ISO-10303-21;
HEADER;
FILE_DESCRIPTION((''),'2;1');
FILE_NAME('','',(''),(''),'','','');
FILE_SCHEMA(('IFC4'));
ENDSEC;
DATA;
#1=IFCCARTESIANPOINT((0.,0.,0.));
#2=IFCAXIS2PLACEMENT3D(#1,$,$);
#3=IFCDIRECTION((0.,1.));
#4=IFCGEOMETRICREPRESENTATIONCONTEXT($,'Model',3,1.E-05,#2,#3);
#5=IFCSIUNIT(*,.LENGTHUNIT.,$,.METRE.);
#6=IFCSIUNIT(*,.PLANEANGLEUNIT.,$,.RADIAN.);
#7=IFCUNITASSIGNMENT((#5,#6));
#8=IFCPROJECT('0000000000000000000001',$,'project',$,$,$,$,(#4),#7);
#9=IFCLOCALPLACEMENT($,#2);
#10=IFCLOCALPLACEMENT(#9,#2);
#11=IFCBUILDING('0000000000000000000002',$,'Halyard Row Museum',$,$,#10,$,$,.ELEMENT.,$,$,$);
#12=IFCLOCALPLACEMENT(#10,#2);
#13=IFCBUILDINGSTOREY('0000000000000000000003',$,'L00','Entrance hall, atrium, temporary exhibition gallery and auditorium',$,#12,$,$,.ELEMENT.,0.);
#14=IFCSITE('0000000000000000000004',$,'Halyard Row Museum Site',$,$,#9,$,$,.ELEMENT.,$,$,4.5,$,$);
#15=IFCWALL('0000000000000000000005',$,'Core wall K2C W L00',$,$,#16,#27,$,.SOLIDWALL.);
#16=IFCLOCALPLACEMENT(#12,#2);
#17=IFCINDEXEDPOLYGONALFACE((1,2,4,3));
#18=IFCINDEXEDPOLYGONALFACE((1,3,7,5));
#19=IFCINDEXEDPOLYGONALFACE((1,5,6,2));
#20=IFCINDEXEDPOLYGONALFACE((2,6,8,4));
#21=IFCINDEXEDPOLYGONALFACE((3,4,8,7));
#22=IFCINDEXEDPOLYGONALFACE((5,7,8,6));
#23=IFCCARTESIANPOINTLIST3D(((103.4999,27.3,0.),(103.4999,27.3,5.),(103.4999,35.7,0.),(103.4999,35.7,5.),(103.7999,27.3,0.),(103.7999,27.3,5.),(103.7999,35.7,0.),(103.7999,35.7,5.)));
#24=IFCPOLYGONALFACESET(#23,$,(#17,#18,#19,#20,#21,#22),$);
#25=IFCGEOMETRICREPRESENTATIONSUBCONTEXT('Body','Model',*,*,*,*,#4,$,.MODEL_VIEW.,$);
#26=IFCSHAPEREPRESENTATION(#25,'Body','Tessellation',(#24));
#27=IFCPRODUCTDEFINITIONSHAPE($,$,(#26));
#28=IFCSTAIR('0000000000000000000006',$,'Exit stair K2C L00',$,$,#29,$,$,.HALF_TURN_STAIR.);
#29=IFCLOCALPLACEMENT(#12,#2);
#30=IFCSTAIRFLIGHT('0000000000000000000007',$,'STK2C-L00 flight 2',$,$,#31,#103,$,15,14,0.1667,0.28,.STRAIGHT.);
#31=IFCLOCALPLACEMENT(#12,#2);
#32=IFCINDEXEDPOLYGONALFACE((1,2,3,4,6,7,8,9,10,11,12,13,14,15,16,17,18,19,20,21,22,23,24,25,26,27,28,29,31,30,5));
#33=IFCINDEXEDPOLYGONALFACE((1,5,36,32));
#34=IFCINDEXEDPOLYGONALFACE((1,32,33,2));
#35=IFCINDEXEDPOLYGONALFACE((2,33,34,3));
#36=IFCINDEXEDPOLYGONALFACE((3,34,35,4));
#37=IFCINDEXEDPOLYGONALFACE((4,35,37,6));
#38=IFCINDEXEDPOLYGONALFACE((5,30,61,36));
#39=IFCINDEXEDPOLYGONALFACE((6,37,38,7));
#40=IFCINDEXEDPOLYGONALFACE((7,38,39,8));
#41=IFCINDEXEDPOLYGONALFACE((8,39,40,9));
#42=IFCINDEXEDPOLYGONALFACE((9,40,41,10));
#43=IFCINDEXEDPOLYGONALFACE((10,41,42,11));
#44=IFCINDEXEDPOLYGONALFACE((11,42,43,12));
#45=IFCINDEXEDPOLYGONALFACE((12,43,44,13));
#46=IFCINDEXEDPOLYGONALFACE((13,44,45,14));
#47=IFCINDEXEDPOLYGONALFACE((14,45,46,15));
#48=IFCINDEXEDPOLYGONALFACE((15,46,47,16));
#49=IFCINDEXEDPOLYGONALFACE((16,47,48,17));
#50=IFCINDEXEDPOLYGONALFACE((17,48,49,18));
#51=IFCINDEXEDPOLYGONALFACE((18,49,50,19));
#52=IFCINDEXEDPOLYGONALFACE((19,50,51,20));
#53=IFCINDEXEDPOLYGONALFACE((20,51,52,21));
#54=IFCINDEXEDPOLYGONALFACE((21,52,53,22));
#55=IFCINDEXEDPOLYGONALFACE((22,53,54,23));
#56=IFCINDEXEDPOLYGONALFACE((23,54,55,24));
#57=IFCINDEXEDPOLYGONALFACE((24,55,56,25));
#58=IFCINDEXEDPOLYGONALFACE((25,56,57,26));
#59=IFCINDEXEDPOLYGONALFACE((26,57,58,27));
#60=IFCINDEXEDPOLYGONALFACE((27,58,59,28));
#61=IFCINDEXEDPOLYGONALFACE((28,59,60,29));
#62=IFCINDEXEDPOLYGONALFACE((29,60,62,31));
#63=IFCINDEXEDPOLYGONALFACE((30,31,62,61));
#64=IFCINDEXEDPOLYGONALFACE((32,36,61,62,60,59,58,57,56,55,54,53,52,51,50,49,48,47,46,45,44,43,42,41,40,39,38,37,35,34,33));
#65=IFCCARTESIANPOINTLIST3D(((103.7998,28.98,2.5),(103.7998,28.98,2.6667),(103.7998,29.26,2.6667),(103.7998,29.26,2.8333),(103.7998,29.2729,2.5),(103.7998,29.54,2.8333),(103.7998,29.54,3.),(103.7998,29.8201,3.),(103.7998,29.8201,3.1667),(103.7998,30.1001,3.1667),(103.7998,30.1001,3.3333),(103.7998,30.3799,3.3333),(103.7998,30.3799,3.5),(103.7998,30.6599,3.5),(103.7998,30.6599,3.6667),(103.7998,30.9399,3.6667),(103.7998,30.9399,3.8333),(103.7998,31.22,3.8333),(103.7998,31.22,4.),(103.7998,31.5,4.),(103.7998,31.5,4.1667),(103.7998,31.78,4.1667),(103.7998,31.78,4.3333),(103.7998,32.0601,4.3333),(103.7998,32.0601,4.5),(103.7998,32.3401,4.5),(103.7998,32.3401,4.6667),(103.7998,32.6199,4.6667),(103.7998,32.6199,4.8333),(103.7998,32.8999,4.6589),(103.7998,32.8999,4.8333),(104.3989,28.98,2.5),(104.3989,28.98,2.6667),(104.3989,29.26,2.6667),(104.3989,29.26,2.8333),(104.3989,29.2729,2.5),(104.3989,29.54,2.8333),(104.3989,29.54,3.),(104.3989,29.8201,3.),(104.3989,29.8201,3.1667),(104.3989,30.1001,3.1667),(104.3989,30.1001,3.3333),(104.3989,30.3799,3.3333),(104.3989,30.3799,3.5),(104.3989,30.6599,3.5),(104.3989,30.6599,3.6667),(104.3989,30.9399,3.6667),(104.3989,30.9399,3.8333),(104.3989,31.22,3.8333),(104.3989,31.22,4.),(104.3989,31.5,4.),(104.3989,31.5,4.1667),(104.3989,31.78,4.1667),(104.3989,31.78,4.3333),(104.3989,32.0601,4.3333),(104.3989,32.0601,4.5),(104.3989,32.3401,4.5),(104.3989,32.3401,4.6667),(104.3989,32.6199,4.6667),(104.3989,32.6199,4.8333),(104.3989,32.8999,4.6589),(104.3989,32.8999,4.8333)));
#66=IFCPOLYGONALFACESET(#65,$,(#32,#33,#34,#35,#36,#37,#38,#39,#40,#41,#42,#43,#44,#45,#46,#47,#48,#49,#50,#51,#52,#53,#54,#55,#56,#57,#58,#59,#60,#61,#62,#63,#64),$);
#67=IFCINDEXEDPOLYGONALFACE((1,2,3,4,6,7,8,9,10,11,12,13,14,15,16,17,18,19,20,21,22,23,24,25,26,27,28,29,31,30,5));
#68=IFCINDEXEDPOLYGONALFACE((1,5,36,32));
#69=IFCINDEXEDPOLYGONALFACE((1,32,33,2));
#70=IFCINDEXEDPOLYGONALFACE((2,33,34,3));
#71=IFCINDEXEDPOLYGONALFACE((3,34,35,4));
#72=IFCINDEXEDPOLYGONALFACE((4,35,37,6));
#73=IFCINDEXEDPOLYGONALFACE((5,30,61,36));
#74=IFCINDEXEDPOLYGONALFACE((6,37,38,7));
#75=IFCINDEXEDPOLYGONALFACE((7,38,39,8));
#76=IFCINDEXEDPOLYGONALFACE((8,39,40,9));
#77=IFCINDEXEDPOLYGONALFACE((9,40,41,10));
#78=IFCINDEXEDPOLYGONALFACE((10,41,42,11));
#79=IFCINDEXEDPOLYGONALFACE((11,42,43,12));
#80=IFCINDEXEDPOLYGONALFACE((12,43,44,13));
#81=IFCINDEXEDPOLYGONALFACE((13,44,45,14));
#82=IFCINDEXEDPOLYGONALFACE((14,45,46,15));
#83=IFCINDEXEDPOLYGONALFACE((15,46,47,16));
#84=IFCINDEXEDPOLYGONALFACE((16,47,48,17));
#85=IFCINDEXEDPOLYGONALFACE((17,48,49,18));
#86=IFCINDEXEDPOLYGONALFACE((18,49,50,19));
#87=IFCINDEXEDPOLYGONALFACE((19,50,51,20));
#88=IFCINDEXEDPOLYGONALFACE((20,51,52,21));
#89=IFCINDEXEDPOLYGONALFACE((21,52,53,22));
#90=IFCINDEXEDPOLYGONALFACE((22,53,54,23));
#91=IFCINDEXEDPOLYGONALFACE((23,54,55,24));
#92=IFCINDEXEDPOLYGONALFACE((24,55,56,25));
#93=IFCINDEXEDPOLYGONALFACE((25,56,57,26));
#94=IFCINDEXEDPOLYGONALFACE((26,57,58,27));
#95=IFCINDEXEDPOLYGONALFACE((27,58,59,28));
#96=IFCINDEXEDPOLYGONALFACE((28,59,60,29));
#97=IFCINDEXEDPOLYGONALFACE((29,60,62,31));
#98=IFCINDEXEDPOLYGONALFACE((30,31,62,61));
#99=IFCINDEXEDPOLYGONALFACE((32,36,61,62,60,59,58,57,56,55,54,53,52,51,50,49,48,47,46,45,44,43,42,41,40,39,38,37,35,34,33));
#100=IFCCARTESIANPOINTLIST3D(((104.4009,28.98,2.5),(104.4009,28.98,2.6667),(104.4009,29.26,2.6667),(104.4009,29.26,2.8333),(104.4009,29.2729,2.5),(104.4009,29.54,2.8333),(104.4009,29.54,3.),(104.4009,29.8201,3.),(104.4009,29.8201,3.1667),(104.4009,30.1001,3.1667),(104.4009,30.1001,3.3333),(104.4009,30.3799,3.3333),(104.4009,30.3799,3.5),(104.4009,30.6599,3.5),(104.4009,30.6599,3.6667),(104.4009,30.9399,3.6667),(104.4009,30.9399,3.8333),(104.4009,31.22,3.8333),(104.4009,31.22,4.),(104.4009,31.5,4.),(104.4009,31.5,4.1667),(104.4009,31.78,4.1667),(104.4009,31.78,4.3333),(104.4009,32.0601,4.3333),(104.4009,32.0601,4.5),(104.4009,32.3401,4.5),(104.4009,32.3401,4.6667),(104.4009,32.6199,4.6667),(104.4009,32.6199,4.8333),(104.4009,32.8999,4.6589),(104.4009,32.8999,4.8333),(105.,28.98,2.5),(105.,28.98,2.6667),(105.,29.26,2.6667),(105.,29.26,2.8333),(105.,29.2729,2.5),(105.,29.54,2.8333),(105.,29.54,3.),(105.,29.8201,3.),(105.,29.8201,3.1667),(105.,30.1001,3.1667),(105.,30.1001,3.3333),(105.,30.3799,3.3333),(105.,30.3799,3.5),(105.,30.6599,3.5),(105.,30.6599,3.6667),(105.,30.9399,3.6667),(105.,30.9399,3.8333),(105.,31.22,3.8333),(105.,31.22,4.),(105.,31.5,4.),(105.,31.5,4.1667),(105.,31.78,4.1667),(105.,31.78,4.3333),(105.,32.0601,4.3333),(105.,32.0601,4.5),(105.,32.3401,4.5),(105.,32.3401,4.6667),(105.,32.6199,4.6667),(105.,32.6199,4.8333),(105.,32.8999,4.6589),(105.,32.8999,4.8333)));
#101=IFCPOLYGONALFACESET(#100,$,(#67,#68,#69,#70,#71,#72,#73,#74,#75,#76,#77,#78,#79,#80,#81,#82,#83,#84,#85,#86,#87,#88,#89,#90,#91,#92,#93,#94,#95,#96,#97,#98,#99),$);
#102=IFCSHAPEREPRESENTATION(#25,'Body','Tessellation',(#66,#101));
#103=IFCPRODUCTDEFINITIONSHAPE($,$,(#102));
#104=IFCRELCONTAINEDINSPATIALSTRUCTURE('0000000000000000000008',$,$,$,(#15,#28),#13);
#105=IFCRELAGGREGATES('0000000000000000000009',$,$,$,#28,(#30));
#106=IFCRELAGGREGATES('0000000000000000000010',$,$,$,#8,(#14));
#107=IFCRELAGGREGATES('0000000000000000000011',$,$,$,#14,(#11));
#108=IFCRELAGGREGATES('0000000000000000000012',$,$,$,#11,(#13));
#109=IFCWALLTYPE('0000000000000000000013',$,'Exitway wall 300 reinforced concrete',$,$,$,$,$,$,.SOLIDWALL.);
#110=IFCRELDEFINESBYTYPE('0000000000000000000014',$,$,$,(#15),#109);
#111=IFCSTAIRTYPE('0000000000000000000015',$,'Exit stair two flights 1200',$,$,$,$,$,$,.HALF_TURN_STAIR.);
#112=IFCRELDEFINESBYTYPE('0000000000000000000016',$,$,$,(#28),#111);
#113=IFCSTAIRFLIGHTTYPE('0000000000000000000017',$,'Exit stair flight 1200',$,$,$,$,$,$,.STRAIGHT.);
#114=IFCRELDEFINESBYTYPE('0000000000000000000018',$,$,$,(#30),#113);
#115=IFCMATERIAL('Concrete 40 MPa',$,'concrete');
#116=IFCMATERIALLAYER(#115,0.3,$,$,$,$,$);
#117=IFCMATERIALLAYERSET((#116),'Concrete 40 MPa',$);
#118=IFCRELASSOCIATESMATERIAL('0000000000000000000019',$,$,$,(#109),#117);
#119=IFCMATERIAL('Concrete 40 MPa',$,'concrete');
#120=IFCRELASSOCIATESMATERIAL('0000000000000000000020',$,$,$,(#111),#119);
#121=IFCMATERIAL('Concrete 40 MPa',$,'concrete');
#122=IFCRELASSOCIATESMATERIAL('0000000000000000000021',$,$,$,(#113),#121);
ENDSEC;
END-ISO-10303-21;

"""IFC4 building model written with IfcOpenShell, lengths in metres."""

from ifc_helpers import new_model, si_unit, direction, frame, frame_2d, origin, place, context, subcontext, project, spatial, polyline, rectangle, outline, extrude, material, layer, layer_set, type_object, element, aggregate, save


model = new_model("IFC4")

# Units and contexts
model_context = context("Model", 3, precision=1e-05, world=origin(), true_north=direction((0.0, 1.0)))
body_context = subcontext(model_context, "Body", "Model", "MODEL_VIEW")
ifc_project = project(units=[si_unit("LENGTHUNIT", "METRE"), si_unit("PLANEANGLEUNIT", "RADIAN")], contexts=[model_context])

# Site, building, storey
site_placement = place(None, origin())
site = spatial("IfcSite", under=ifc_project, at=site_placement, Name="Halyard Row Museum Site", CompositionType="ELEMENT", RefElevation=4.5)
building_placement = place(site_placement, origin())
building = spatial("IfcBuilding", under=site, at=building_placement, Name="Halyard Row Museum", CompositionType="ELEMENT")
storey_placement = place(building_placement, origin())
storey = spatial("IfcBuildingStorey", under=building, at=storey_placement, Name="L00", Description="Entrance hall, atrium, temporary exhibition gallery and auditorium", CompositionType="ELEMENT", Elevation=0.0)

# Wall
ifc_material_1 = material(Name="Concrete 40 MPa", Category="concrete")
ifc_layer_1 = layer(ifc_material_1, 0.3)
ifc_layer_set_1 = layer_set([ifc_layer_1], Name="Concrete 40 MPa")
wall_type = type_object("IfcWallType", Name="Exitway wall 300 reinforced concrete", PredefinedType="SOLIDWALL", material=ifc_layer_set_1)
wall_1_placement = place(storey_placement, frame((103.6499, 27.3, 0.0), z_axis=(0.0, 0.0, 1.0), x_axis=(0.0, 1.0, 0.0)))
element("IfcWall", 1, at=wall_1_placement, inside=storey, type_object=wall_type, Name="Core wall K2C W L00", PredefinedType="SOLIDWALL", context=body_context, shape_type="SweptSolid", body=[
    extrude(rectangle(XDim=8.3999, YDim=0.3, at=frame_2d((4.2, 0.0))), origin(), (0.0, 0.0, 1.0), 5.0),
])

# Stair, stair flight
ifc_material_2 = material(Name="Concrete 40 MPa", Category="concrete")
stair_type = type_object("IfcStairType", Name="Exit stair two flights 1200", PredefinedType="HALF_TURN_STAIR", material=ifc_material_2)
stair_placement = place(storey_placement, origin())
stair = element("IfcStair", 2, at=stair_placement, inside=storey, type_object=stair_type, Name="Exit stair K2C L00", PredefinedType="HALF_TURN_STAIR")
ifc_material_3 = material(Name="Concrete 40 MPa", Category="concrete")
stair_flight_type = type_object("IfcStairFlightType", Name="Exit stair flight 1200", PredefinedType="STRAIGHT", material=ifc_material_3)
stair_flight_placement = place(storey_placement, frame((104.3999, 28.98, 2.5), z_axis=(0.0, 0.0, 1.0), x_axis=(0.0, 1.0, 0.0)))
stair_flight = element("IfcStairFlight", 3, at=stair_flight_placement, type_object=stair_flight_type, Name="STK2C-L00 flight 2", NumberOfRisers=15, NumberOfTreads=14, PredefinedType="STRAIGHT", RiserHeight=0.1667, TreadLength=0.28, context=body_context, shape_type="SweptSolid", body=[
    extrude(outline(polyline([(0.0, 0.0), (0.0, 0.1667), (0.28, 0.1667), (0.28, 0.3333), (0.5601, 0.3333), (0.5601, 0.5), (0.8401, 0.5), (0.8401, 0.6667), (1.1201, 0.6667), (1.1201, 0.8333), (1.3999, 0.8333), (1.3999, 1.0), (1.6799, 1.0), (1.6799, 1.1667), (1.96, 1.1667), (1.96, 1.3333), (2.24, 1.3333), (2.24, 1.5), (2.52, 1.5), (2.52, 1.6667), (2.8, 1.6667), (2.8, 1.8333), (3.0801, 1.8333), (3.0801, 2.0), (3.3601, 2.0), (3.3601, 2.1667), (3.6399, 2.1667), (3.6399, 2.3333), (3.9199, 2.3333), (3.9199, 2.5), (3.9199, 2.1589), (0.293, 0.0), (0.0, 0.0)])), frame((0.0, 0.6001, 0.0), z_axis=(0.0, -1.0, 0.0), x_axis=(1.0, 0.0, 0.0)), (0.0, 0.0, 1.0), 0.5991),
    extrude(outline(polyline([(0.0, 0.0), (0.0, 0.1667), (0.28, 0.1667), (0.28, 0.3333), (0.5601, 0.3333), (0.5601, 0.5), (0.8401, 0.5), (0.8401, 0.6667), (1.1201, 0.6667), (1.1201, 0.8333), (1.3999, 0.8333), (1.3999, 1.0), (1.6799, 1.0), (1.6799, 1.1667), (1.96, 1.1667), (1.96, 1.3333), (2.24, 1.3333), (2.24, 1.5), (2.52, 1.5), (2.52, 1.6667), (2.8, 1.6667), (2.8, 1.8333), (3.0801, 1.8333), (3.0801, 2.0), (3.3601, 2.0), (3.3601, 2.1667), (3.6399, 2.1667), (3.6399, 2.3333), (3.9199, 2.3333), (3.9199, 2.5), (3.9199, 2.1589), (0.293, 0.0), (0.0, 0.0)])), frame((0.0, -0.001, 0.0), z_axis=(0.0, -1.0, 0.0), x_axis=(1.0, 0.0, 0.0)), (0.0, 0.0, 1.0), 0.5991),
])
aggregate(stair, [stair_flight])

save(model, "model.ifc")
